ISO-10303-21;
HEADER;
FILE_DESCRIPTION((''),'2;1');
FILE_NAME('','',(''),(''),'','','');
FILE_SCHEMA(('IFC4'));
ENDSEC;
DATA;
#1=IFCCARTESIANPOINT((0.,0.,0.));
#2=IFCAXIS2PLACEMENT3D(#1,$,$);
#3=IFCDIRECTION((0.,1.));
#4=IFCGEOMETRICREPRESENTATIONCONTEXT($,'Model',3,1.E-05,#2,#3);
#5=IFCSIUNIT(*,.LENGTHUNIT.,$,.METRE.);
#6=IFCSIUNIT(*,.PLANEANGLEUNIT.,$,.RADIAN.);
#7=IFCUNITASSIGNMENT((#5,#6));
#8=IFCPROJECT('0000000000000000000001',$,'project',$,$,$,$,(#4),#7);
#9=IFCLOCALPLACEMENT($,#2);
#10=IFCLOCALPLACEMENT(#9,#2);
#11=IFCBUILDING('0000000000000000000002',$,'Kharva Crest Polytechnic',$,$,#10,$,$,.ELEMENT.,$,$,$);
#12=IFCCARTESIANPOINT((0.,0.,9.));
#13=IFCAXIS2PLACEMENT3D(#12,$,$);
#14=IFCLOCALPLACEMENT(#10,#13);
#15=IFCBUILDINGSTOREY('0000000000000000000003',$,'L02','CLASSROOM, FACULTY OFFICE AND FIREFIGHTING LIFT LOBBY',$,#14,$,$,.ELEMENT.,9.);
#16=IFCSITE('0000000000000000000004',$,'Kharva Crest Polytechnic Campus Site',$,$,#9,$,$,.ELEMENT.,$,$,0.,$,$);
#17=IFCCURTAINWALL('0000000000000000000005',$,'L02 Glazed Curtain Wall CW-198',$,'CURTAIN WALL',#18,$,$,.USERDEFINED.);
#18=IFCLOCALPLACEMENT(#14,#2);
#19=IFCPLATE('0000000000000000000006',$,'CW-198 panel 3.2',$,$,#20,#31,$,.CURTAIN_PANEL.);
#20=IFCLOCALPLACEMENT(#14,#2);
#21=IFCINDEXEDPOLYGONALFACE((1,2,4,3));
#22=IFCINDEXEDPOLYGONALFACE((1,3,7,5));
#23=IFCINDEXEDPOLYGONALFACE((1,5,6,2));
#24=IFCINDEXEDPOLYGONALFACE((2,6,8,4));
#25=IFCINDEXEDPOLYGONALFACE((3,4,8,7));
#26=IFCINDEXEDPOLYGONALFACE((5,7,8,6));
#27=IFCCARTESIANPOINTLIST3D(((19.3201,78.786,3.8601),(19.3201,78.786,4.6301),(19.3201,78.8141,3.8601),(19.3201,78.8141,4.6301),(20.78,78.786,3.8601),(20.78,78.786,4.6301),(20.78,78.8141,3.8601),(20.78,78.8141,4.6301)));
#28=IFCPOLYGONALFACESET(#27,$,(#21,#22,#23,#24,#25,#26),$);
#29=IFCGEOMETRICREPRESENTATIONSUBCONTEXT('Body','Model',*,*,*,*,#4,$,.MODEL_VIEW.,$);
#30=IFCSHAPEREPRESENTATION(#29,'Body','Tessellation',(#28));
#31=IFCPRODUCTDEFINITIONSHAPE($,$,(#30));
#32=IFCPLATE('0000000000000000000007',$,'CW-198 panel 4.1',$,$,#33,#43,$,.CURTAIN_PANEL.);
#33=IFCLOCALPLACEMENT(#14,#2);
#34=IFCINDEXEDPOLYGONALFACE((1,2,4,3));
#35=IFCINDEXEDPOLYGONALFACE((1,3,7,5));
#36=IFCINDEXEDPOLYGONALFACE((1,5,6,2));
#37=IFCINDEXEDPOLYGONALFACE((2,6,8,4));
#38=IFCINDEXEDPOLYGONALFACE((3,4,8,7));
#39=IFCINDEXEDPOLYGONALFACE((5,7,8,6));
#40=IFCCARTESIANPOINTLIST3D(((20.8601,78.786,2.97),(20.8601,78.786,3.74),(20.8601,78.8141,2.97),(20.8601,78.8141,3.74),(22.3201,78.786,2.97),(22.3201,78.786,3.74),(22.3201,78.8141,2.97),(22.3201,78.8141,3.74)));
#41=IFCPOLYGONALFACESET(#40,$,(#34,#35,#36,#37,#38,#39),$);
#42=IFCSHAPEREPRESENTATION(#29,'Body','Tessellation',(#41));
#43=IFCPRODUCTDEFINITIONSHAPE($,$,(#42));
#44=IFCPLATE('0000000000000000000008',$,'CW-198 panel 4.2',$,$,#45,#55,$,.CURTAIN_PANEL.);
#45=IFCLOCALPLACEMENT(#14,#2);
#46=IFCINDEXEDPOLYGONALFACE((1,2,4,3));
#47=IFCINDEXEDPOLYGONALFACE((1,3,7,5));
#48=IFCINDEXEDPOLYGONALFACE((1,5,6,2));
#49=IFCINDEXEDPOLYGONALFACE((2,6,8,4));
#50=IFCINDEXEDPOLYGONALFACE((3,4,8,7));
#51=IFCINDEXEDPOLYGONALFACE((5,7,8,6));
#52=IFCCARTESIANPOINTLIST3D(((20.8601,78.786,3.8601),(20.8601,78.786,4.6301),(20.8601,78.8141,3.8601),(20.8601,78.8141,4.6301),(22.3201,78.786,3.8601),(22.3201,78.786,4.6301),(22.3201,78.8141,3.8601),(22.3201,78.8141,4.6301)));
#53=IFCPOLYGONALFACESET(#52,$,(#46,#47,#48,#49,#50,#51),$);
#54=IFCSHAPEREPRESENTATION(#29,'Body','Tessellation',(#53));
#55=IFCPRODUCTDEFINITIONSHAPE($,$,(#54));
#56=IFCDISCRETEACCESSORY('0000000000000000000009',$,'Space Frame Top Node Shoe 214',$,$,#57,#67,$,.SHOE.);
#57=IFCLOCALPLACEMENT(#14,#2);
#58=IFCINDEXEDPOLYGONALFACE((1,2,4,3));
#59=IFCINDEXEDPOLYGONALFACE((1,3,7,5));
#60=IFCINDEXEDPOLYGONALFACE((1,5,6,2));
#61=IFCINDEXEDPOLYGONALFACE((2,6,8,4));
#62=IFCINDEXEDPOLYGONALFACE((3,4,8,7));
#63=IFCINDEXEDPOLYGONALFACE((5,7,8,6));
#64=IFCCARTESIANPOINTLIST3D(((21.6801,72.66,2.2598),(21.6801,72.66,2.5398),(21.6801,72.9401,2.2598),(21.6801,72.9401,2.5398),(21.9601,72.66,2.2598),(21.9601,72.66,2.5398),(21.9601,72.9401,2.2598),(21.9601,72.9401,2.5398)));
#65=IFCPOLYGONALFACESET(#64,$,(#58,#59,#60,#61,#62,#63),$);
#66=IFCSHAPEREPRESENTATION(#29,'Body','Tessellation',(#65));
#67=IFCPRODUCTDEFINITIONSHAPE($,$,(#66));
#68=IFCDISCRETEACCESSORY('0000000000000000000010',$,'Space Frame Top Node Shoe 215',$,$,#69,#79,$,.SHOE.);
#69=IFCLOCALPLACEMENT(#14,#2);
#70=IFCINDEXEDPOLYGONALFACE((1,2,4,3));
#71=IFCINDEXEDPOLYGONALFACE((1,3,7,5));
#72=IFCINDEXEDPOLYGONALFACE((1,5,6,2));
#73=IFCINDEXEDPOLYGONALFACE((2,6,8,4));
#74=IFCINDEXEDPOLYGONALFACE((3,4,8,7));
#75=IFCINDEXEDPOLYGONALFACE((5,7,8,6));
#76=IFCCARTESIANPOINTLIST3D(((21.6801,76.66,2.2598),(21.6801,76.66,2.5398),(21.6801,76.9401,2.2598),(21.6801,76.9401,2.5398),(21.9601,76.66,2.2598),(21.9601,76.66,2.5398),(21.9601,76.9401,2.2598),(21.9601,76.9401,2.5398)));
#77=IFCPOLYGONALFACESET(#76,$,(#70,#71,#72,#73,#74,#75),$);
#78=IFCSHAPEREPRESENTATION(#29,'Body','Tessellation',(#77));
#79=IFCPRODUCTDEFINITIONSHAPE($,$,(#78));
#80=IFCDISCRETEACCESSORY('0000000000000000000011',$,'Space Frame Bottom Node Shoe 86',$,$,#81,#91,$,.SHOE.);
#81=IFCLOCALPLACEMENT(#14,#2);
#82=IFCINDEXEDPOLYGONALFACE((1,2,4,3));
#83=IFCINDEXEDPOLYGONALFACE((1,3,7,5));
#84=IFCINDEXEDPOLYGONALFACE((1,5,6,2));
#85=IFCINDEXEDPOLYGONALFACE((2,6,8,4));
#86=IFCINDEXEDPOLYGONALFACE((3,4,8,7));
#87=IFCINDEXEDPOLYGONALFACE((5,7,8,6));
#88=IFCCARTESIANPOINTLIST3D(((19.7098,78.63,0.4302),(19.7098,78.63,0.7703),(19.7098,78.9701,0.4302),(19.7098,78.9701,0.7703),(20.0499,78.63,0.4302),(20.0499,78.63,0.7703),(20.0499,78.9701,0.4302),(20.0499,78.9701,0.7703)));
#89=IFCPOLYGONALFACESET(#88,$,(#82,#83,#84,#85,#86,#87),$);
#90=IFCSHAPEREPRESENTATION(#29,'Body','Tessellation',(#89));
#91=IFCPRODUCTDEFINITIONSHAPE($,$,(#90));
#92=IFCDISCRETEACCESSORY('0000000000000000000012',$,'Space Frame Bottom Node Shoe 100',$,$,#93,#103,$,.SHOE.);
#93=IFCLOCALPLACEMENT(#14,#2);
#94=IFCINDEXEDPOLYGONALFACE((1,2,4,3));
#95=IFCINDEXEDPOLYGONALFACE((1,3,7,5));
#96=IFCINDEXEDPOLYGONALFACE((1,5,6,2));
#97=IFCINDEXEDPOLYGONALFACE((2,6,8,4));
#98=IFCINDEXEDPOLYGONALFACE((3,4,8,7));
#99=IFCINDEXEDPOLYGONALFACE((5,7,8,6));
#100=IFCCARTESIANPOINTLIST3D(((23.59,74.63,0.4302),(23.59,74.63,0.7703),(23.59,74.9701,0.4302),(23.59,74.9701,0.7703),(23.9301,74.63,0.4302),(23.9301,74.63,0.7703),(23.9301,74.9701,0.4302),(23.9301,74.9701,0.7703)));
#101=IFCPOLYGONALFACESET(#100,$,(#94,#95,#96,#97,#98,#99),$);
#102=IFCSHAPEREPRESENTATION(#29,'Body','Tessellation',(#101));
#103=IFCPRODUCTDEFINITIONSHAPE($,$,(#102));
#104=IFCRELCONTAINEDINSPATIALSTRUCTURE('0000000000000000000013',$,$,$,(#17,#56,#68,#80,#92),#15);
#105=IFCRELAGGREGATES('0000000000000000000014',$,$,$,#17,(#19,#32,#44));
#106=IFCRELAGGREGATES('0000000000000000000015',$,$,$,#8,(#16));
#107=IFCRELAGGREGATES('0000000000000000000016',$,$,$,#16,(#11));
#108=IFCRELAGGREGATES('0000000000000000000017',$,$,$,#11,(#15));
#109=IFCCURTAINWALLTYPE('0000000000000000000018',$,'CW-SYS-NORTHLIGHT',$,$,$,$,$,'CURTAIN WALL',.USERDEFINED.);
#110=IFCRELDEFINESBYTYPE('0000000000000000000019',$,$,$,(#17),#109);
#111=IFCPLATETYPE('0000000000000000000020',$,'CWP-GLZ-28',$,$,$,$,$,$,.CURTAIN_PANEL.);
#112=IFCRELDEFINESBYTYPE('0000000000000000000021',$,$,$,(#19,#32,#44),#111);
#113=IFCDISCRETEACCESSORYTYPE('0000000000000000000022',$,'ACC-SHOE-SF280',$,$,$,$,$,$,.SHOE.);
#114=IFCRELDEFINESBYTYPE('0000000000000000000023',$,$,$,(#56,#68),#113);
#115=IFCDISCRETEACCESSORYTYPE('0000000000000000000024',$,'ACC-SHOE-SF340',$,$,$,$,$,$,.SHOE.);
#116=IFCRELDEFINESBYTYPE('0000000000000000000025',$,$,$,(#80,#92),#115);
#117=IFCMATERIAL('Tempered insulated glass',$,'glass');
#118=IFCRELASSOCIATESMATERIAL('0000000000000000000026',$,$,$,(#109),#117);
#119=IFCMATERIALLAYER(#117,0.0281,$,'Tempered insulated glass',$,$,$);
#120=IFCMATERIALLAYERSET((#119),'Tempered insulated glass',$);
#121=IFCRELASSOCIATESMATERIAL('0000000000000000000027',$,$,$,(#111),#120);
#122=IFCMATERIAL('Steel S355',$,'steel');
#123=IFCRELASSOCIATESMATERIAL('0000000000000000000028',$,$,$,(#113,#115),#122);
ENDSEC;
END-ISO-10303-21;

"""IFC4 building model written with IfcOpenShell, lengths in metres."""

from ifc_helpers import new_model, si_unit, direction, frame, origin, origin_2d, place, context, subcontext, project, spatial, rectangle, extrude, material, layer, layer_set, type_object, element, aggregate, save


model = new_model("IFC4")

# Units and contexts
model_context = context("Model", 3, precision=1e-05, world=origin(), true_north=direction((0.0, 1.0)))
body_context = subcontext(model_context, "Body", "Model", "MODEL_VIEW")
ifc_project = project(units=[si_unit("LENGTHUNIT", "METRE"), si_unit("PLANEANGLEUNIT", "RADIAN")], contexts=[model_context])

# Site, building, storey
site_placement = place(None, origin())
site = spatial("IfcSite", under=ifc_project, at=site_placement, Name="Kharva Crest Polytechnic Campus Site", CompositionType="ELEMENT", RefElevation=0.0)
building_placement = place(site_placement, origin())
building = spatial("IfcBuilding", under=site, at=building_placement, Name="Kharva Crest Polytechnic", CompositionType="ELEMENT")
storey_placement = place(building_placement, frame((0.0, 0.0, 9.0)))
storey = spatial("IfcBuildingStorey", under=building, at=storey_placement, Name="L02", Description="CLASSROOM, FACULTY OFFICE AND FIREFIGHTING LIFT LOBBY", CompositionType="ELEMENT", Elevation=9.0)

# Shared definitions
ifc_material_1 = material(Name="Tempered insulated glass", Category="glass")
curtain_wall_type = type_object("IfcCurtainWallType", Name="CW-SYS-NORTHLIGHT", ElementType="CURTAIN WALL", PredefinedType="USERDEFINED", material=ifc_material_1)
ifc_material_2 = material(Name="Steel S355", Category="steel")

# Curtain wall
curtain_wall_1_placement = place(storey_placement, origin())
curtain_wall_1 = element("IfcCurtainWall", 1, at=curtain_wall_1_placement, inside=storey, type_object=curtain_wall_type, Name="L02 Glazed Curtain Wall CW-198", ObjectType="CURTAIN WALL", PredefinedType="USERDEFINED")

# Plates
ifc_layer = layer(ifc_material_1, 0.0281, Name="Tempered insulated glass")
ifc_layer_set = layer_set([ifc_layer], Name="Tempered insulated glass")
plate_type = type_object("IfcPlateType", Name="CWP-GLZ-28", PredefinedType="CURTAIN_PANEL", material=ifc_layer_set)
plate_1_placement = place(storey_placement, frame((20.05, 78.8, 3.8601), z_axis=(0.0, 0.0, 1.0), x_axis=(1.0, 0.0, 0.0)))
plate_1 = element("IfcPlate", 2, at=plate_1_placement, type_object=plate_type, Name="CW-198 panel 3.2", PredefinedType="CURTAIN_PANEL", context=body_context, shape_type="SweptSolid", body=[
    extrude(rectangle(XDim=1.46, YDim=0.0281, at=origin_2d()), origin(), (0.0, 0.0, 1.0), 0.77),
])
plate_2_placement = place(storey_placement, frame((21.5901, 78.8, 2.97), z_axis=(0.0, 0.0, 1.0), x_axis=(1.0, 0.0, 0.0)))
plate_2 = element("IfcPlate", 3, at=plate_2_placement, type_object=plate_type, Name="CW-198 panel 4.1", PredefinedType="CURTAIN_PANEL", context=body_context, shape_type="SweptSolid", body=[
    extrude(rectangle(XDim=1.46, YDim=0.0281, at=origin_2d()), origin(), (0.0, 0.0, 1.0), 0.77),
])
plate_3_placement = place(storey_placement, frame((21.5901, 78.8, 3.8601), z_axis=(0.0, 0.0, 1.0), x_axis=(1.0, 0.0, 0.0)))
plate_3 = element("IfcPlate", 4, at=plate_3_placement, type_object=plate_type, Name="CW-198 panel 4.2", PredefinedType="CURTAIN_PANEL", context=body_context, shape_type="SweptSolid", body=[
    extrude(rectangle(XDim=1.46, YDim=0.0281, at=origin_2d()), origin(), (0.0, 0.0, 1.0), 0.77),
])
aggregate(curtain_wall_1, [plate_1, plate_2, plate_3])

# Discrete accessories
discrete_accessory_type_1 = type_object("IfcDiscreteAccessoryType", Name="ACC-SHOE-SF280", PredefinedType="SHOE", material=ifc_material_2)
for number, where, z_axis, x_axis, name in (
    (5, (21.8201, 72.8, 2.2598), (0.0, 0.0, 1.0), (1.0, 0.0, 0.0), "Space Frame Top Node Shoe 214"),
    (6, (21.8201, 76.8, 2.2598), (0.0, 0.0, 1.0), (1.0, 0.0, 0.0), "Space Frame Top Node Shoe 215"),
):
    element("IfcDiscreteAccessory", number, at=place(storey_placement, frame(where, z_axis=z_axis, x_axis=x_axis)), inside=storey, type_object=discrete_accessory_type_1, Name=name, PredefinedType="SHOE", context=body_context, shape_type="SweptSolid", body=[
        extrude(rectangle(XDim=0.28, YDim=0.28, at=origin_2d()), origin(), (0.0, 0.0, 1.0), 0.28),
    ])
discrete_accessory_type_2 = type_object("IfcDiscreteAccessoryType", Name="ACC-SHOE-SF340", PredefinedType="SHOE", material=ifc_material_2)
for number, where, z_axis, x_axis, name in (
    (7, (19.8799, 78.8, 0.4302), (0.0, 0.0, 1.0), (1.0, 0.0, 0.0), "Space Frame Bottom Node Shoe 86"),
    (8, (23.76, 74.8, 0.4302), (0.0, 0.0, 1.0), (1.0, 0.0, 0.0), "Space Frame Bottom Node Shoe 100"),
):
    element("IfcDiscreteAccessory", number, at=place(storey_placement, frame(where, z_axis=z_axis, x_axis=x_axis)), inside=storey, type_object=discrete_accessory_type_2, Name=name, PredefinedType="SHOE", context=body_context, shape_type="SweptSolid", body=[
        extrude(rectangle(XDim=0.3401, YDim=0.3401, at=origin_2d()), origin(), (0.0, 0.0, 1.0), 0.3401),
    ])

save(model, "model.ifc")
